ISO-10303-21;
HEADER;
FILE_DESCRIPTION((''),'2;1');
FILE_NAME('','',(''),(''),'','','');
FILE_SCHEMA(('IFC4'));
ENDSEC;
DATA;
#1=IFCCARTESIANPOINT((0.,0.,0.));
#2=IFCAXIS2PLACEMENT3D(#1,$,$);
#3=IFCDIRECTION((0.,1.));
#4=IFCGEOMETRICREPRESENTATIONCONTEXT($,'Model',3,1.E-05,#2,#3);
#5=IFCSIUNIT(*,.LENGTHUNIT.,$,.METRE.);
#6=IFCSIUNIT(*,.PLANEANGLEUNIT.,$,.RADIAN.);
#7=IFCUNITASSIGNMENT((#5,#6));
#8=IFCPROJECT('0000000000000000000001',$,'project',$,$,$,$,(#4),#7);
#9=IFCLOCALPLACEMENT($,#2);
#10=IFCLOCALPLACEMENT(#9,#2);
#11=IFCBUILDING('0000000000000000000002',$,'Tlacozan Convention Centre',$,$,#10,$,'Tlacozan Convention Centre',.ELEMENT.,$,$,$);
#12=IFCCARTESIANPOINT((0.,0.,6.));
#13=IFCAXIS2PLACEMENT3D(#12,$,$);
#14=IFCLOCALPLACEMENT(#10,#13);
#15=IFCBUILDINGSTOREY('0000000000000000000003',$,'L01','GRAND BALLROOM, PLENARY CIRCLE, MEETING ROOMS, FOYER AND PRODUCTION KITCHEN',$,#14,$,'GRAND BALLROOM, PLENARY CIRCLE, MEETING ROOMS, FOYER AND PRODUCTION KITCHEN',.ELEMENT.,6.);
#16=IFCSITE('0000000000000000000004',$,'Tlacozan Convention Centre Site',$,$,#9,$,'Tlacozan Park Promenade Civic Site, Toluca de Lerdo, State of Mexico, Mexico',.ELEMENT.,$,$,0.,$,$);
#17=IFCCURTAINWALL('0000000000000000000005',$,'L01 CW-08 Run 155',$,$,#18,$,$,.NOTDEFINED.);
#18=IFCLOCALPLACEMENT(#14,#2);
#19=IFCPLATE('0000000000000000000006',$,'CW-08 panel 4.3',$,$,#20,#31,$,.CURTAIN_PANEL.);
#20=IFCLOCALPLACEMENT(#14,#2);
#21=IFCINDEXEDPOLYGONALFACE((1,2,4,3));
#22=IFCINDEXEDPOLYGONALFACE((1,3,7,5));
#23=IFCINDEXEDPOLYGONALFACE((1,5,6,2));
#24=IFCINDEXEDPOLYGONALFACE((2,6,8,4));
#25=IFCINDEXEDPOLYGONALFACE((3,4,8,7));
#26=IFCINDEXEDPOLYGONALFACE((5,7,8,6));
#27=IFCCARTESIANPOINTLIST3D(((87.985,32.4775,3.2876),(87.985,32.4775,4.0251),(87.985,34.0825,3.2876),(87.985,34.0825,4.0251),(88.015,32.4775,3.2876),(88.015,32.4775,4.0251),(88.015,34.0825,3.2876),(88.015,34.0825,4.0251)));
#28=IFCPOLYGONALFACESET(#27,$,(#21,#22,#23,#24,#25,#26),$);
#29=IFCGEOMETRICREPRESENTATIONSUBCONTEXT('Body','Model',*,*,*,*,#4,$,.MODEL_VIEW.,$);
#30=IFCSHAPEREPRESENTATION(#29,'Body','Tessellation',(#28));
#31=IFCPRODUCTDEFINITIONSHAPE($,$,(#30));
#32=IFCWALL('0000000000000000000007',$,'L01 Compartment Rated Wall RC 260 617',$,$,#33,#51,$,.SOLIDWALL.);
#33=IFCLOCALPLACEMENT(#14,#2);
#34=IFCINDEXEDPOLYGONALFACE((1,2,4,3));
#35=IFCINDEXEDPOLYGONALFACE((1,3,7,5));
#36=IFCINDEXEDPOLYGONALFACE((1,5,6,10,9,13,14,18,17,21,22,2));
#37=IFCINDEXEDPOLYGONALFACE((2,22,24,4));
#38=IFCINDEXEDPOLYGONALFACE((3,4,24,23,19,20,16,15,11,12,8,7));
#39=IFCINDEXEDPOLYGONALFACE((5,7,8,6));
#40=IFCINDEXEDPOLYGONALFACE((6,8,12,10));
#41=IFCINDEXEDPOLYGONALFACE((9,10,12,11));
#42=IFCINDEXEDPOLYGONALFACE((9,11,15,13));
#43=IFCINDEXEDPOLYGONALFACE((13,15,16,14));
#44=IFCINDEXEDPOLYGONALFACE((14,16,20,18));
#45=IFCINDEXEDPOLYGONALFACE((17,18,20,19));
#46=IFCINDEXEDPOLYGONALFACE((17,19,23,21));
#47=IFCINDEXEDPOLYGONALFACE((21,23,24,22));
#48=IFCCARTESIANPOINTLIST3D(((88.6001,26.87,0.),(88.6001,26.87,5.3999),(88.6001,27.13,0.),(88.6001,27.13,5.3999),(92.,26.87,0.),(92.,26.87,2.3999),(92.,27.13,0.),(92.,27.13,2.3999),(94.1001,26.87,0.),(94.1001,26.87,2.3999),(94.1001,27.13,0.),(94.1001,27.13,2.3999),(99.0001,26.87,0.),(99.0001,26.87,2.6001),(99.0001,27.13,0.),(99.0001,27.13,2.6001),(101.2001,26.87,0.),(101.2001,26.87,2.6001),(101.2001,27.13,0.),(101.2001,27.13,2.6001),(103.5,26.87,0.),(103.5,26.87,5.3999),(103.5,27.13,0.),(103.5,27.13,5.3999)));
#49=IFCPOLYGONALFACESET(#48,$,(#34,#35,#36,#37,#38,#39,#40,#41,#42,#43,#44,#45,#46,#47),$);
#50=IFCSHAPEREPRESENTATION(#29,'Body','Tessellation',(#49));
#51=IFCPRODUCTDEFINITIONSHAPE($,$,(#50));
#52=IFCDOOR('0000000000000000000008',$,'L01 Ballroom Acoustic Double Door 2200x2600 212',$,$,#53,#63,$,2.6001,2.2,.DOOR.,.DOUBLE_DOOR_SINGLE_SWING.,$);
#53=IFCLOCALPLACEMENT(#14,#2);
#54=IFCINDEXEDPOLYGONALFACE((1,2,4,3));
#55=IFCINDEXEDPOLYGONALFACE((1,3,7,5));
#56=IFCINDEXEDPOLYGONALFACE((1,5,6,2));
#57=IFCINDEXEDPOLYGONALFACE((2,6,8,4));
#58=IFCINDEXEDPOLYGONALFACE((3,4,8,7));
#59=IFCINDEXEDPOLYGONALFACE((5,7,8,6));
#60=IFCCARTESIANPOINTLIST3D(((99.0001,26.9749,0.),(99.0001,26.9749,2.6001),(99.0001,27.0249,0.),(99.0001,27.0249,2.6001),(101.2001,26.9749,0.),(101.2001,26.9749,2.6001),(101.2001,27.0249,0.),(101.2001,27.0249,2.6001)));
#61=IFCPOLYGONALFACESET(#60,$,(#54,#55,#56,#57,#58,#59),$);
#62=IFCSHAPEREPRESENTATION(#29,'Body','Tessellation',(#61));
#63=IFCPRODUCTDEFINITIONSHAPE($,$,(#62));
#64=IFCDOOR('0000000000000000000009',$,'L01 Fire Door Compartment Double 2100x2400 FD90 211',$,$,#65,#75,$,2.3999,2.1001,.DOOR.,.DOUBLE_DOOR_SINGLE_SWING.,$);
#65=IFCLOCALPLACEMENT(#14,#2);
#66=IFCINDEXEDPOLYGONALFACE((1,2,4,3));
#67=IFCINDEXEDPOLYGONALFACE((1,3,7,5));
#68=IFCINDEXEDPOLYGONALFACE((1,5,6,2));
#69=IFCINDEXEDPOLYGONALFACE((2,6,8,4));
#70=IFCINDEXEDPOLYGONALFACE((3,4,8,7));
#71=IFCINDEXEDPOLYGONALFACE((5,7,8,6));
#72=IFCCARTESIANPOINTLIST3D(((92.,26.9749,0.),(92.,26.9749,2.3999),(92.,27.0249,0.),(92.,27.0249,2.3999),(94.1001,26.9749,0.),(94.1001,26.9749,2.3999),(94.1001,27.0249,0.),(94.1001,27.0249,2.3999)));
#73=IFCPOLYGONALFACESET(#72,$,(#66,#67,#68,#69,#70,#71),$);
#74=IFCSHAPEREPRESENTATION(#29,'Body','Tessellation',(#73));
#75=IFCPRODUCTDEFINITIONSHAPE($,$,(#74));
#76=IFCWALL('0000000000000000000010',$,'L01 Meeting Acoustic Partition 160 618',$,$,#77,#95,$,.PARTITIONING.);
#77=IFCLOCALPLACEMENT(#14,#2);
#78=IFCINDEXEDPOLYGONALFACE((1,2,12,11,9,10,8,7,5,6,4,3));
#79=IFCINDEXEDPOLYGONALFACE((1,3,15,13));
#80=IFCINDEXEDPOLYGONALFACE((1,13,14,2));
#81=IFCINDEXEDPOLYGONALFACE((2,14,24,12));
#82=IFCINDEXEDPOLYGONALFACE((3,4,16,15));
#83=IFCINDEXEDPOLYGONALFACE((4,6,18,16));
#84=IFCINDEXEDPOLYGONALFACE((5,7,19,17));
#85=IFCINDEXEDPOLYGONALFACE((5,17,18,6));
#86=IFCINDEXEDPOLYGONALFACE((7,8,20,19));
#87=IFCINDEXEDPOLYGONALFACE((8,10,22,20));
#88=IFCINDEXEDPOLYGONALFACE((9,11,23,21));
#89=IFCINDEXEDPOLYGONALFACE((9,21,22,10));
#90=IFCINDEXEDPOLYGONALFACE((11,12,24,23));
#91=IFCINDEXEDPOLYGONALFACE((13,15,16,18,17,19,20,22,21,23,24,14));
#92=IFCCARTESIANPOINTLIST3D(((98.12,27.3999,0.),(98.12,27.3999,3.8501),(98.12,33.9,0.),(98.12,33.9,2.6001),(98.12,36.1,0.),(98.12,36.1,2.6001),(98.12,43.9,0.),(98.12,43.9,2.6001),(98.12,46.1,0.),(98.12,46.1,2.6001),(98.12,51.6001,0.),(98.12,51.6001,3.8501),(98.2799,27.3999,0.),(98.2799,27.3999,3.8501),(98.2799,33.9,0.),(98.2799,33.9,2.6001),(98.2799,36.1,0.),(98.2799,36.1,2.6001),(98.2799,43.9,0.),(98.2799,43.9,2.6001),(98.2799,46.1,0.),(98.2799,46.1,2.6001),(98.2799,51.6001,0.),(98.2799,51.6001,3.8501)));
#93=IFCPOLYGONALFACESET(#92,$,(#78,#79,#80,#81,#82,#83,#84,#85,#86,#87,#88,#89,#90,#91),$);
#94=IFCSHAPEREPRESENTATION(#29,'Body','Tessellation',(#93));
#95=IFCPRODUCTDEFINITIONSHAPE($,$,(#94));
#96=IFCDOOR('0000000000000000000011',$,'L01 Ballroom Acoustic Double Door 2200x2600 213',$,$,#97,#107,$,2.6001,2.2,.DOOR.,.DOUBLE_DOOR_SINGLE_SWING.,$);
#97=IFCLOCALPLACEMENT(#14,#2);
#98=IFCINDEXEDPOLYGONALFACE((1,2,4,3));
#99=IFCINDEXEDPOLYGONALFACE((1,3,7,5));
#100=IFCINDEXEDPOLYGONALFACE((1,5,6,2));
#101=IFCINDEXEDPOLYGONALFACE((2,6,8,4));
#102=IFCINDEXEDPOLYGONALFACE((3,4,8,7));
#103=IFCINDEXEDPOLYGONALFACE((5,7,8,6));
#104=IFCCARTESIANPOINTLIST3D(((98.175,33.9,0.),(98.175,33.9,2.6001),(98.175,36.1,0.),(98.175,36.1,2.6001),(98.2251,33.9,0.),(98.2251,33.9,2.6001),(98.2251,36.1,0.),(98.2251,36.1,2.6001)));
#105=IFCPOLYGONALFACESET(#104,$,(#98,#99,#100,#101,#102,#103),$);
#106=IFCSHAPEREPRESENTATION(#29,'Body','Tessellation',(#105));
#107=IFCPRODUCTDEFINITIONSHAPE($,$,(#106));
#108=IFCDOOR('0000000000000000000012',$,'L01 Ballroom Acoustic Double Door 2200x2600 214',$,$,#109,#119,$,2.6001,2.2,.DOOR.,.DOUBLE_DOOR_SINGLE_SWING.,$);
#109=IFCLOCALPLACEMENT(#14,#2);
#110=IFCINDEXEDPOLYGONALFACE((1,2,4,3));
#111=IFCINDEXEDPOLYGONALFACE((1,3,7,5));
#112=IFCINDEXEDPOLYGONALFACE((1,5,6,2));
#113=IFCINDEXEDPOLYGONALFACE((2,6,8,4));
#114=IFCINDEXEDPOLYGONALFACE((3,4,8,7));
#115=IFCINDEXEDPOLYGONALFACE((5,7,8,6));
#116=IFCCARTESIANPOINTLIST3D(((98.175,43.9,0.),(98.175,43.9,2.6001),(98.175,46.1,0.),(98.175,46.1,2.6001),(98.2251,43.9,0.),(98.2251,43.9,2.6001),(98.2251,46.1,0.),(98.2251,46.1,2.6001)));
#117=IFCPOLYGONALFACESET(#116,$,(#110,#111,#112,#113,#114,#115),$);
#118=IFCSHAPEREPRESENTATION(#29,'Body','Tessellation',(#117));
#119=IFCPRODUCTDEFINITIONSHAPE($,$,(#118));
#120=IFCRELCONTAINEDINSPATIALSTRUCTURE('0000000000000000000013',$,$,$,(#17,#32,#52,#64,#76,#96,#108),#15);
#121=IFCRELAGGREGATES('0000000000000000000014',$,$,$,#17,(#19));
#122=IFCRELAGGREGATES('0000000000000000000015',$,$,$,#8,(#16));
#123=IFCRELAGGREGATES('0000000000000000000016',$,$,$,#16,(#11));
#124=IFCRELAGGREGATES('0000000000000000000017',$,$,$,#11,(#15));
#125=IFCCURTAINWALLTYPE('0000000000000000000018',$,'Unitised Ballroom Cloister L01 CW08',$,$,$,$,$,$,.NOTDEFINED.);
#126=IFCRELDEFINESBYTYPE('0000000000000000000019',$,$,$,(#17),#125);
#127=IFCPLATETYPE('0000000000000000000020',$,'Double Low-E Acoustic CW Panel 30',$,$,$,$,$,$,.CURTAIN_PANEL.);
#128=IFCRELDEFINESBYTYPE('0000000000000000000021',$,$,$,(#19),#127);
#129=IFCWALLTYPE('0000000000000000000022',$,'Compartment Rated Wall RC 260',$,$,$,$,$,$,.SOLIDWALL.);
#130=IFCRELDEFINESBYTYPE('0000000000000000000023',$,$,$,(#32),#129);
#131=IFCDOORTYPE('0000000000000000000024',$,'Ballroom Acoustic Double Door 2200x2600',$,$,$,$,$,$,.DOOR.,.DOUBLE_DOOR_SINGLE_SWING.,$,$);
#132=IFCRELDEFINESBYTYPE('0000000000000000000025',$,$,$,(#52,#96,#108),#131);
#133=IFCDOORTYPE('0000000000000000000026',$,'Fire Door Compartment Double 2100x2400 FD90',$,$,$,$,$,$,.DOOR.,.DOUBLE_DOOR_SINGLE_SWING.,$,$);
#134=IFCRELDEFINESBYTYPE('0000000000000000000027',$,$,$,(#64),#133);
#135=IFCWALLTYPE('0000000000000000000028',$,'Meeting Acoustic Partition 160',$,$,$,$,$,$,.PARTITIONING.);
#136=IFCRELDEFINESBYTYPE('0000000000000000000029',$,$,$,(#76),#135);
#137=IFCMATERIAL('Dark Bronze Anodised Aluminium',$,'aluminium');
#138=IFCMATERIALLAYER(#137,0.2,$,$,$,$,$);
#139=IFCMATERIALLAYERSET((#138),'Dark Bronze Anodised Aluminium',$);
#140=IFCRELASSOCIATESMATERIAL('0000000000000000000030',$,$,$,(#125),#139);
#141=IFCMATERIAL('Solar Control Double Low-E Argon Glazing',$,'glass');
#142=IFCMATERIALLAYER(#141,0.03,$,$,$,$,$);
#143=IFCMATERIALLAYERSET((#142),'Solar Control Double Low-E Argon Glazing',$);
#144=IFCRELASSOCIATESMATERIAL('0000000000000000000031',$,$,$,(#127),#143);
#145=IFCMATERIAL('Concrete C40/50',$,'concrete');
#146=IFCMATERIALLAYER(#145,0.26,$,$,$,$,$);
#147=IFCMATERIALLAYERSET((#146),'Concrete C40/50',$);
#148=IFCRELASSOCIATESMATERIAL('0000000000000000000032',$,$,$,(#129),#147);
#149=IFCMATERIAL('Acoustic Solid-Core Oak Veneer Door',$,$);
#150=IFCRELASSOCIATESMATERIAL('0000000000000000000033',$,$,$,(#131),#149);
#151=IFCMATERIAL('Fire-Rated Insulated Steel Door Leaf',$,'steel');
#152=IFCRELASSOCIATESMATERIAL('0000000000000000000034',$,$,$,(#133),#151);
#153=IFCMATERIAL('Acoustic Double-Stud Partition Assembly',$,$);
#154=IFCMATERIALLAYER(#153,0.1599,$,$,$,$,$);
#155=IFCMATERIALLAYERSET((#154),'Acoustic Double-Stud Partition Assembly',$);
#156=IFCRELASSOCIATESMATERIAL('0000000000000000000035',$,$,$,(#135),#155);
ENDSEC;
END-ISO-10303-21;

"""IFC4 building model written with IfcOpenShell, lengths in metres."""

from ifc_helpers import new_model, si_unit, direction, frame, frame_2d, origin, origin_2d, place, context, subcontext, project, spatial, rectangle, extrude, material, layer, layer_set, type_object, element, fill, aggregate, save


model = new_model("IFC4")

# Units and contexts
model_context = context("Model", 3, precision=1e-05, world=origin(), true_north=direction((0.0, 1.0)))
body_context = subcontext(model_context, "Body", "Model", "MODEL_VIEW")
ifc_project = project(units=[si_unit("LENGTHUNIT", "METRE"), si_unit("PLANEANGLEUNIT", "RADIAN")], contexts=[model_context])

# Site, building, storey
site_placement = place(None, origin())
site = spatial("IfcSite", under=ifc_project, at=site_placement, Name="Tlacozan Convention Centre Site", LongName="Tlacozan Park Promenade Civic Site, Toluca de Lerdo, State of Mexico, Mexico", CompositionType="ELEMENT", RefElevation=0.0)
building_placement = place(site_placement, origin())
building = spatial("IfcBuilding", under=site, at=building_placement, Name="Tlacozan Convention Centre", LongName="Tlacozan Convention Centre", CompositionType="ELEMENT")
storey_placement = place(building_placement, frame((0.0, 0.0, 6.0)))
storey = spatial("IfcBuildingStorey", under=building, at=storey_placement, Name="L01", Description="GRAND BALLROOM, PLENARY CIRCLE, MEETING ROOMS, FOYER AND PRODUCTION KITCHEN", LongName="GRAND BALLROOM, PLENARY CIRCLE, MEETING ROOMS, FOYER AND PRODUCTION KITCHEN", CompositionType="ELEMENT", Elevation=6.0)

# Shared definitions
ifc_material_1 = material(Name="Concrete C40/50", Category="concrete")

# Curtain wall
ifc_material_2 = material(Name="Dark Bronze Anodised Aluminium", Category="aluminium")
ifc_layer_1 = layer(ifc_material_2, 0.2)
ifc_layer_set_1 = layer_set([ifc_layer_1], Name="Dark Bronze Anodised Aluminium")
curtain_wall_type = type_object("IfcCurtainWallType", Name="Unitised Ballroom Cloister L01 CW08", PredefinedType="NOTDEFINED", material=ifc_layer_set_1)
curtain_wall_placement = place(storey_placement, origin())
curtain_wall = element("IfcCurtainWall", 1, at=curtain_wall_placement, inside=storey, type_object=curtain_wall_type, Name="L01 CW-08 Run 155", PredefinedType="NOTDEFINED")

# Plate
ifc_material_3 = material(Name="Solar Control Double Low-E Argon Glazing", Category="glass")
ifc_layer_2 = layer(ifc_material_3, 0.03)
ifc_layer_set_2 = layer_set([ifc_layer_2], Name="Solar Control Double Low-E Argon Glazing")
plate_type = type_object("IfcPlateType", Name="Double Low-E Acoustic CW Panel 30", PredefinedType="CURTAIN_PANEL", material=ifc_layer_set_2)
plate_1_placement = place(storey_placement, frame((88.0, 33.28, 3.2876), z_axis=(0.0, 0.0, 1.0), x_axis=(0.0, 1.0, 0.0)))
plate_1 = element("IfcPlate", 2, at=plate_1_placement, type_object=plate_type, Name="CW-08 panel 4.3", PredefinedType="CURTAIN_PANEL", context=body_context, shape_type="SweptSolid", body=[
    extrude(rectangle(XDim=1.605, YDim=0.03, at=origin_2d()), origin(), (0.0, 0.0, 1.0), 0.7375),
])
aggregate(curtain_wall, [plate_1])

# Walls, openings, doors
ifc_layer_3 = layer(ifc_material_1, 0.26)
ifc_layer_set_3 = layer_set([ifc_layer_3], Name="Concrete C40/50")
wall_type_1 = type_object("IfcWallType", Name="Compartment Rated Wall RC 260", PredefinedType="SOLIDWALL", material=ifc_layer_set_3)
wall_1_placement = place(storey_placement, frame((88.6001, 27.0, 0.0), z_axis=(0.0, 0.0, 1.0), x_axis=(1.0, 0.0, 0.0)))
wall_1 = element("IfcWall", 3, at=wall_1_placement, inside=storey, type_object=wall_type_1, Name="L01 Compartment Rated Wall RC 260 617", PredefinedType="SOLIDWALL", context=body_context, shape_type="SweptSolid", body=[
    extrude(rectangle(XDim=14.8999, YDim=0.26, at=frame_2d((7.45, 0.0))), origin(), (0.0, 0.0, 1.0), 5.3999),
])
opening_1_placement = place(wall_1_placement, frame((3.3999, 0.0, 0.0)))
opening_1 = element("IfcOpeningElement", 4, at=opening_1_placement, cuts=wall_1, PredefinedType="OPENING", context=body_context, shape_type="SweptSolid", body=[
    extrude(rectangle(XDim=2.1001, YDim=2.3999, at=frame_2d((1.05, 1.2))), frame((0.0, 0.1399, 0.0), z_axis=(0.0, -1.0, 0.0), x_axis=(1.0, 0.0, 0.0)), (0.0, 0.0, 1.0), 0.28),
])
opening_2_placement = place(wall_1_placement, frame((10.3999, 0.0, 0.0)))
opening_2 = element("IfcOpeningElement", 5, at=opening_2_placement, cuts=wall_1, PredefinedType="OPENING", context=body_context, shape_type="SweptSolid", body=[
    extrude(rectangle(XDim=2.2, YDim=2.6001, at=frame_2d((1.1001, 1.3))), frame((0.0, 0.1399, 0.0), z_axis=(0.0, -1.0, 0.0), x_axis=(1.0, 0.0, 0.0)), (0.0, 0.0, 1.0), 0.28),
])
ifc_material_4 = material(Name="Acoustic Solid-Core Oak Veneer Door")
door_type_1 = type_object("IfcDoorType", Name="Ballroom Acoustic Double Door 2200x2600", OperationType="DOUBLE_DOOR_SINGLE_SWING", PredefinedType="DOOR", material=ifc_material_4)
door_1_placement = place(opening_2_placement, origin())
door_1 = element("IfcDoor", 6, at=door_1_placement, inside=storey, type_object=door_type_1, Name="L01 Ballroom Acoustic Double Door 2200x2600 212", OperationType="DOUBLE_DOOR_SINGLE_SWING", OverallHeight=2.6001, OverallWidth=2.2, PredefinedType="DOOR", context=body_context, shape_type="SweptSolid", body=[
    extrude(rectangle(XDim=2.2, YDim=2.6001, at=frame_2d((1.1001, 1.3))), frame((0.0, 0.0249, 0.0), z_axis=(0.0, -1.0, 0.0), x_axis=(1.0, 0.0, 0.0)), (0.0, 0.0, 1.0), 0.05),
])
fill(opening_2, door_1)
ifc_material_5 = material(Name="Fire-Rated Insulated Steel Door Leaf", Category="steel")
door_type_2 = type_object("IfcDoorType", Name="Fire Door Compartment Double 2100x2400 FD90", OperationType="DOUBLE_DOOR_SINGLE_SWING", PredefinedType="DOOR", material=ifc_material_5)
door_2_placement = place(opening_1_placement, origin())
door_2 = element("IfcDoor", 7, at=door_2_placement, inside=storey, type_object=door_type_2, Name="L01 Fire Door Compartment Double 2100x2400 FD90 211", OperationType="DOUBLE_DOOR_SINGLE_SWING", OverallHeight=2.3999, OverallWidth=2.1001, PredefinedType="DOOR", context=body_context, shape_type="SweptSolid", body=[
    extrude(rectangle(XDim=2.1001, YDim=2.3999, at=frame_2d((1.05, 1.2))), frame((0.0, 0.0249, 0.0), z_axis=(0.0, -1.0, 0.0), x_axis=(1.0, 0.0, 0.0)), (0.0, 0.0, 1.0), 0.05),
])
fill(opening_1, door_2)
ifc_material_6 = material(Name="Acoustic Double-Stud Partition Assembly")
ifc_layer_4 = layer(ifc_material_6, 0.1599)
ifc_layer_set_4 = layer_set([ifc_layer_4], Name="Acoustic Double-Stud Partition Assembly")
wall_type_2 = type_object("IfcWallType", Name="Meeting Acoustic Partition 160", PredefinedType="PARTITIONING", material=ifc_layer_set_4)
wall_2_placement = place(storey_placement, frame((98.2, 27.3999, 0.0), z_axis=(0.0, 0.0, 1.0), x_axis=(0.0, 1.0, 0.0)))
wall_2 = element("IfcWall", 8, at=wall_2_placement, inside=storey, type_object=wall_type_2, Name="L01 Meeting Acoustic Partition 160 618", PredefinedType="PARTITIONING", context=body_context, shape_type="SweptSolid", body=[
    extrude(rectangle(XDim=24.2002, YDim=0.1599, at=frame_2d((12.1001, 0.0))), origin(), (0.0, 0.0, 1.0), 3.8501),
])
opening_3_placement = place(wall_2_placement, frame((6.5, 0.0, 0.0)))
opening_3 = element("IfcOpeningElement", 9, at=opening_3_placement, cuts=wall_2, PredefinedType="OPENING", context=body_context, shape_type="SweptSolid", body=[
    extrude(rectangle(XDim=2.2, YDim=2.6001, at=frame_2d((1.1001, 1.3))), frame((0.0, 0.0898, 0.0), z_axis=(0.0, -1.0, 0.0), x_axis=(1.0, 0.0, 0.0)), (0.0, 0.0, 1.0), 0.1799),
])
opening_4_placement = place(wall_2_placement, frame((16.5, 0.0, 0.0)))
opening_4 = element("IfcOpeningElement", 10, at=opening_4_placement, cuts=wall_2, PredefinedType="OPENING", context=body_context, shape_type="SweptSolid", body=[
    extrude(rectangle(XDim=2.2, YDim=2.6001, at=frame_2d((1.1001, 1.3))), frame((0.0, 0.0898, 0.0), z_axis=(0.0, -1.0, 0.0), x_axis=(1.0, 0.0, 0.0)), (0.0, 0.0, 1.0), 0.1799),
])
door_3_placement = place(opening_3_placement, origin())
door_3 = element("IfcDoor", 11, at=door_3_placement, inside=storey, type_object=door_type_1, Name="L01 Ballroom Acoustic Double Door 2200x2600 213", OperationType="DOUBLE_DOOR_SINGLE_SWING", OverallHeight=2.6001, OverallWidth=2.2, PredefinedType="DOOR", context=body_context, shape_type="SweptSolid", body=[
    extrude(rectangle(XDim=2.2, YDim=2.6001, at=frame_2d((1.1001, 1.3))), frame((0.0, 0.0249, 0.0), z_axis=(0.0, -1.0, 0.0), x_axis=(1.0, 0.0, 0.0)), (0.0, 0.0, 1.0), 0.05),
])
fill(opening_3, door_3)
door_4_placement = place(opening_4_placement, origin())
door_4 = element("IfcDoor", 12, at=door_4_placement, inside=storey, type_object=door_type_1, Name="L01 Ballroom Acoustic Double Door 2200x2600 214", OperationType="DOUBLE_DOOR_SINGLE_SWING", OverallHeight=2.6001, OverallWidth=2.2, PredefinedType="DOOR", context=body_context, shape_type="SweptSolid", body=[
    extrude(rectangle(XDim=2.2, YDim=2.6001, at=frame_2d((1.1001, 1.3))), frame((0.0, 0.0249, 0.0), z_axis=(0.0, -1.0, 0.0), x_axis=(1.0, 0.0, 0.0)), (0.0, 0.0, 1.0), 0.05),
])
fill(opening_4, door_4)

save(model, "model.ifc")
